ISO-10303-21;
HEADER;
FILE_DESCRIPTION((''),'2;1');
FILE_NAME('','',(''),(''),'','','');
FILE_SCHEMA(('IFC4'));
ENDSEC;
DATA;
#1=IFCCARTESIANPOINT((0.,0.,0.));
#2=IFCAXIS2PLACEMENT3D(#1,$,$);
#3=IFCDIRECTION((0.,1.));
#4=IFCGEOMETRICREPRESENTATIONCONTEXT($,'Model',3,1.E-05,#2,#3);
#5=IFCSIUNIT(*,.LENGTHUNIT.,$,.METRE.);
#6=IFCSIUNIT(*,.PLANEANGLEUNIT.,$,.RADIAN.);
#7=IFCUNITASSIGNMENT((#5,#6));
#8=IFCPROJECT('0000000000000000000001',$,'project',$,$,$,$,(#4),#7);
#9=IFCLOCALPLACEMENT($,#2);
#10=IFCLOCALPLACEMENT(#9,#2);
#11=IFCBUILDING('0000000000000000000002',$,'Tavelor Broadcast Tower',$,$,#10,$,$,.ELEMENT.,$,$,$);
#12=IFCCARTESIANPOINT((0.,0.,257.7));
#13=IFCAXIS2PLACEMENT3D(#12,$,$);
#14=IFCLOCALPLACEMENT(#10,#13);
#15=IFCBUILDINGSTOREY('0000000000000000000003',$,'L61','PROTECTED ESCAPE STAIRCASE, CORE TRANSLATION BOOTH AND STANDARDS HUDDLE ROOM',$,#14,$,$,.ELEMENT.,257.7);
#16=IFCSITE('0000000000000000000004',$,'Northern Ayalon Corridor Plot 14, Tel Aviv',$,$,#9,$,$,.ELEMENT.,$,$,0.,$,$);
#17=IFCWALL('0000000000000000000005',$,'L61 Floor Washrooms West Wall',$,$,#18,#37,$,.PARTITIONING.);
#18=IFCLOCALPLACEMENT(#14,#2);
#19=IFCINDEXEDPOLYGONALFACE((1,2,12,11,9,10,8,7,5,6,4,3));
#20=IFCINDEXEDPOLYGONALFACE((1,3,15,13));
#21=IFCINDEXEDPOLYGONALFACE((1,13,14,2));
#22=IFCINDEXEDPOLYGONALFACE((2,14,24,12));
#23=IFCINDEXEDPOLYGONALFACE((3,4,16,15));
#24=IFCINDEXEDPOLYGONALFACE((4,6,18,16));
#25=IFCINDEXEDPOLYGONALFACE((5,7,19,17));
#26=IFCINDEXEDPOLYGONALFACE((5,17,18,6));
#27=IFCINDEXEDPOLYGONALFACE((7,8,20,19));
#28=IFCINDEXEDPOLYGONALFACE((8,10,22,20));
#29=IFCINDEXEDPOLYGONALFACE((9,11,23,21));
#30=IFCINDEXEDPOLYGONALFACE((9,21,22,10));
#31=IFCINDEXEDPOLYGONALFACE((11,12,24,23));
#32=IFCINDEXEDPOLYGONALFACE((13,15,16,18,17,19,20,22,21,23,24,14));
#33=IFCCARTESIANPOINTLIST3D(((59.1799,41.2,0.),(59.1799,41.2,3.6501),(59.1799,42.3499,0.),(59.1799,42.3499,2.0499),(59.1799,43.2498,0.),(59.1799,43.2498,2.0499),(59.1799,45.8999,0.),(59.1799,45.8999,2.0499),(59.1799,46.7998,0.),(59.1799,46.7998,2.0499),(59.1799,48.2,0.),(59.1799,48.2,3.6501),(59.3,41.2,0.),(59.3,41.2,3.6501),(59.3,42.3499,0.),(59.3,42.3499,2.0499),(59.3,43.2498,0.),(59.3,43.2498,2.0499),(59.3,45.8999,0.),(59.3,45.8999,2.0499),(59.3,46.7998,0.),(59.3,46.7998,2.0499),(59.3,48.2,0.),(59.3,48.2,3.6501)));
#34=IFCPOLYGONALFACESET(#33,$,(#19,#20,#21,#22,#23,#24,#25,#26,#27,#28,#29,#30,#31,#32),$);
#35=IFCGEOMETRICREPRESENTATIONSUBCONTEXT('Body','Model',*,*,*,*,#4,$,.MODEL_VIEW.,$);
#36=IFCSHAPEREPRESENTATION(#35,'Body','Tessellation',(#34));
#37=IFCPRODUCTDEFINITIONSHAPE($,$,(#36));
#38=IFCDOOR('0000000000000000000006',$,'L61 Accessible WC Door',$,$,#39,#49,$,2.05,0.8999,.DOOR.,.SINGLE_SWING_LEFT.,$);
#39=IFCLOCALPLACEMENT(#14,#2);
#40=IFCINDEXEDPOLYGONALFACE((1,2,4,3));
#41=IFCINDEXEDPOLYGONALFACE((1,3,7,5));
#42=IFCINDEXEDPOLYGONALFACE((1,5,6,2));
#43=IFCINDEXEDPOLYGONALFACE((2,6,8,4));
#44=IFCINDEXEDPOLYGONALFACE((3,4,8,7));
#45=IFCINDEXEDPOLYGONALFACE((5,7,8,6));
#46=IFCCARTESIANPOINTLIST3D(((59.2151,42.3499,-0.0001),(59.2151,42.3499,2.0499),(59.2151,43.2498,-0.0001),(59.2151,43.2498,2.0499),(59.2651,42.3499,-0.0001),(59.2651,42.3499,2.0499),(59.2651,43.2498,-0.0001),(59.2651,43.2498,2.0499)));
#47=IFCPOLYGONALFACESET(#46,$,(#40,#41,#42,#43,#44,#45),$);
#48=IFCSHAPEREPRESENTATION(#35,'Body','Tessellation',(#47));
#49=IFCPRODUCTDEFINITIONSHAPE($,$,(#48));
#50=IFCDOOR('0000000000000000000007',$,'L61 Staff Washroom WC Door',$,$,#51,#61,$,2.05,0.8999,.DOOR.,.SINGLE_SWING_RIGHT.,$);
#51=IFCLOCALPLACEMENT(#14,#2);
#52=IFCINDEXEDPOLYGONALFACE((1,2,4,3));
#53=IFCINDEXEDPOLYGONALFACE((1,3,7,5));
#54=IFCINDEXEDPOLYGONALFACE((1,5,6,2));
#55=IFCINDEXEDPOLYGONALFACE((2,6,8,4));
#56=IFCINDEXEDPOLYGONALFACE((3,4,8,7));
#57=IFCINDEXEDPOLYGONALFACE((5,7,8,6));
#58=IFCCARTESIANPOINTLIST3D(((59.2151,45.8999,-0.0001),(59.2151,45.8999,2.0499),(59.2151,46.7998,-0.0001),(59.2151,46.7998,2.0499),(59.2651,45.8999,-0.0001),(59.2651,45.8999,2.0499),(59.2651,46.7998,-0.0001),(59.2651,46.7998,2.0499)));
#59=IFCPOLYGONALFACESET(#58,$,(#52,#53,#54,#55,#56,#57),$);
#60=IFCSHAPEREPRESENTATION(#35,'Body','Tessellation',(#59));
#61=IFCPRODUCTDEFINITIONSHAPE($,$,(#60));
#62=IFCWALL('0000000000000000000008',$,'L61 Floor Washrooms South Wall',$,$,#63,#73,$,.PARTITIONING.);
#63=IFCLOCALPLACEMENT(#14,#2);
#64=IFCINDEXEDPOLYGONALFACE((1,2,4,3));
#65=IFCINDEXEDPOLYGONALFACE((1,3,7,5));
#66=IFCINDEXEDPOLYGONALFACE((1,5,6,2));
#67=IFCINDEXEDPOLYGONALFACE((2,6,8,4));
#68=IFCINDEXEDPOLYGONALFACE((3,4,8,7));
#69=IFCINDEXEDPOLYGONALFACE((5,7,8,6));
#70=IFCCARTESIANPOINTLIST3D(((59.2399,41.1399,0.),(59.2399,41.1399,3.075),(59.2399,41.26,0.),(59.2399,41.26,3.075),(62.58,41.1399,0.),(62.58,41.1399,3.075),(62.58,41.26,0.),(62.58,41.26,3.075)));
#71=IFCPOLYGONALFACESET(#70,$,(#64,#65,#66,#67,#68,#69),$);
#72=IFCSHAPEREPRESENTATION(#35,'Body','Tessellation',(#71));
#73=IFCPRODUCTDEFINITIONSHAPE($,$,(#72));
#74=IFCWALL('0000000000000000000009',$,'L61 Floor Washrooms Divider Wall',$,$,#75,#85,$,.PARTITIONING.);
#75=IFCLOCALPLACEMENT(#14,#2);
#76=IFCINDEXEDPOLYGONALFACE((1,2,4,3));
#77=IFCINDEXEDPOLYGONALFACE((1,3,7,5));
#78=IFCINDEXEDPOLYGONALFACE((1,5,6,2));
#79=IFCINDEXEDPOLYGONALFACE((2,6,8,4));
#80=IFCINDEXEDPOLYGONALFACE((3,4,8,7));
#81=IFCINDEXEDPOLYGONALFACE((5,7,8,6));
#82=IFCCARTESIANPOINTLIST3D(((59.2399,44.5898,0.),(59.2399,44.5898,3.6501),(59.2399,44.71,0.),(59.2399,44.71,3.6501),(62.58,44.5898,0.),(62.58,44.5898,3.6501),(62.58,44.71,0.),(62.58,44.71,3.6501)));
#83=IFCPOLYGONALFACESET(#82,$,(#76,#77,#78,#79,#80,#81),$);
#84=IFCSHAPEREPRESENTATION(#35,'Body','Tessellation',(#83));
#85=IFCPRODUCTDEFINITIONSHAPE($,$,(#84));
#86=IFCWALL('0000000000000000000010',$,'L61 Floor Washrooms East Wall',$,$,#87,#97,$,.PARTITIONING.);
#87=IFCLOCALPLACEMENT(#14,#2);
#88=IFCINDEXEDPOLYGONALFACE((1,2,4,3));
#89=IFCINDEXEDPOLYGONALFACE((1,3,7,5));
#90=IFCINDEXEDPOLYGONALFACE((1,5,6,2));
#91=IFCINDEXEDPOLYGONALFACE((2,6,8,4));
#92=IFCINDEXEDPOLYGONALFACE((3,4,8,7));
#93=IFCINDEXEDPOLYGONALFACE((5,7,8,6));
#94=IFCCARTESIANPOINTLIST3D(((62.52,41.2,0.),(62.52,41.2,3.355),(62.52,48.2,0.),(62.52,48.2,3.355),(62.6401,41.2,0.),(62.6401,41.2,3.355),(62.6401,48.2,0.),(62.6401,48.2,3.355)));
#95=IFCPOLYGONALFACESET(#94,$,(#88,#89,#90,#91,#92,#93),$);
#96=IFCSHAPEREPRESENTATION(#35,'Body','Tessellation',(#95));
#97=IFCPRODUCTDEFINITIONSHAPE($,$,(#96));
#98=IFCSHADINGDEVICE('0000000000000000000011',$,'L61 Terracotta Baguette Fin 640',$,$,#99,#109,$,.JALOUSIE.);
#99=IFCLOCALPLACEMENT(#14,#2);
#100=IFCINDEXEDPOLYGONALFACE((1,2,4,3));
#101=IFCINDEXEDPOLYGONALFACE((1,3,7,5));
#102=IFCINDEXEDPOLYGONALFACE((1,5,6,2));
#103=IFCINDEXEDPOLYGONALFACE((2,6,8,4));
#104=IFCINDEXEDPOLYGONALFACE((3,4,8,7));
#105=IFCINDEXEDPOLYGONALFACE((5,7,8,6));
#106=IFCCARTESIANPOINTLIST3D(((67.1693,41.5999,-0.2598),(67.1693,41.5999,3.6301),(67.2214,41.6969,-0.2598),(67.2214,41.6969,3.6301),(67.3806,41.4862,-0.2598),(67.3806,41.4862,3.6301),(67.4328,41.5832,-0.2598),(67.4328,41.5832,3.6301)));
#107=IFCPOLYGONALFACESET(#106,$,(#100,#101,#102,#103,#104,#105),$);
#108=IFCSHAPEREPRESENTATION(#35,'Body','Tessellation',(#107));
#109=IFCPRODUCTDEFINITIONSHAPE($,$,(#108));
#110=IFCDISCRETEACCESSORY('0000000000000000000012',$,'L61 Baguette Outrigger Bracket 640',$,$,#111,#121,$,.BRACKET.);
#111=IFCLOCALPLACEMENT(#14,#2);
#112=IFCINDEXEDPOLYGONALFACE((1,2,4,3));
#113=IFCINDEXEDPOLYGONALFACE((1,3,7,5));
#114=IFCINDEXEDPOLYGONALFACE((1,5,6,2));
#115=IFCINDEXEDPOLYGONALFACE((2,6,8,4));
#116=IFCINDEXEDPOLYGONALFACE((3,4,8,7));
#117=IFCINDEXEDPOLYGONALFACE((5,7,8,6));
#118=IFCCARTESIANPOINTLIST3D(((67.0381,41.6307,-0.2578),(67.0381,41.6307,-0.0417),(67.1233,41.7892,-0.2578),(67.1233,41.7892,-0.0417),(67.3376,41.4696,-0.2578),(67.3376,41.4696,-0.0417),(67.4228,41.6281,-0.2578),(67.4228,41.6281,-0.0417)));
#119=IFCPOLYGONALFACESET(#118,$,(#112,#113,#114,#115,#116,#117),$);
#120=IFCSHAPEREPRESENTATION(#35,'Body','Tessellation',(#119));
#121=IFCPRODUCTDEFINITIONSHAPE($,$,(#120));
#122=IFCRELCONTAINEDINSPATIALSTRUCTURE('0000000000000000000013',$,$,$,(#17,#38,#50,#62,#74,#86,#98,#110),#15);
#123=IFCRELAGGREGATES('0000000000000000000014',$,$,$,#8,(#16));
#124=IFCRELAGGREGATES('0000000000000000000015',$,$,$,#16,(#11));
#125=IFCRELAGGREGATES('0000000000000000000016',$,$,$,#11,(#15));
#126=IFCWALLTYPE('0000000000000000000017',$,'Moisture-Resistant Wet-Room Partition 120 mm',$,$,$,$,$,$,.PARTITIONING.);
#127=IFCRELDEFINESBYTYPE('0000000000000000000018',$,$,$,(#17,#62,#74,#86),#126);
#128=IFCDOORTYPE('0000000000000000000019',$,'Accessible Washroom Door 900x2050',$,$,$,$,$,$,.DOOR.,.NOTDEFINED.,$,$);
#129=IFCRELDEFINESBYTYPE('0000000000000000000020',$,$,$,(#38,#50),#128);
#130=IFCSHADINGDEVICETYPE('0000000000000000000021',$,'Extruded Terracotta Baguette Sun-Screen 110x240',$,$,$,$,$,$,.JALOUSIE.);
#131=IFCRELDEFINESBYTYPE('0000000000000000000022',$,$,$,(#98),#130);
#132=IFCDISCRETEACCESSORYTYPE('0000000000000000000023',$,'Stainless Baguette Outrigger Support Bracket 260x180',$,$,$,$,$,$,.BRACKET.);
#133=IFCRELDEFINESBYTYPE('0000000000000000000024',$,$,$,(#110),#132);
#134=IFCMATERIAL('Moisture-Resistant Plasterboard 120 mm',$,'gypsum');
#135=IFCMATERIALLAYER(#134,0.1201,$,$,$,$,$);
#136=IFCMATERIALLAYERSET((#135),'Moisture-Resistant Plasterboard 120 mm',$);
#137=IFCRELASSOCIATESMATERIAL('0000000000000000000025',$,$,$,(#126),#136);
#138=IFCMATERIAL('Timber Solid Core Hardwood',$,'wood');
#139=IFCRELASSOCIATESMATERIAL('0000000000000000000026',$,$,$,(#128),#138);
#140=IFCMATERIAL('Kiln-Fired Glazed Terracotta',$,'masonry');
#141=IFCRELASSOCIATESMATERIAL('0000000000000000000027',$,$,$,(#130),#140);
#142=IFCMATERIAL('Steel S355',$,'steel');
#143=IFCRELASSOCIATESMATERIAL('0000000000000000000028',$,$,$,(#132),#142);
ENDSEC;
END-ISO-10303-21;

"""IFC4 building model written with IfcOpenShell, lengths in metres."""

from ifc_helpers import new_model, si_unit, direction, frame, frame_2d, origin, origin_2d, place, context, subcontext, project, spatial, rectangle, extrude, source, transform, mapped, material, layer, layer_set, type_object, type_shapes, element, fill, save


model = new_model("IFC4")

# Units and contexts
model_context = context("Model", 3, precision=1e-05, world=origin(), true_north=direction((0.0, 1.0)))
body_context = subcontext(model_context, "Body", "Model", "MODEL_VIEW")
ifc_project = project(units=[si_unit("LENGTHUNIT", "METRE"), si_unit("PLANEANGLEUNIT", "RADIAN")], contexts=[model_context])

# Site, building, storey
site_placement = place(None, origin())
site = spatial("IfcSite", under=ifc_project, at=site_placement, Name="Northern Ayalon Corridor Plot 14, Tel Aviv", CompositionType="ELEMENT", RefElevation=0.0)
building_placement = place(site_placement, origin())
building = spatial("IfcBuilding", under=site, at=building_placement, Name="Tavelor Broadcast Tower", CompositionType="ELEMENT")
storey_placement = place(building_placement, frame((0.0, 0.0, 257.7)))
storey = spatial("IfcBuildingStorey", under=building, at=storey_placement, Name="L61", Description="PROTECTED ESCAPE STAIRCASE, CORE TRANSLATION BOOTH AND STANDARDS HUDDLE ROOM", CompositionType="ELEMENT", Elevation=257.7)

# Shared definitions
ifc_material_1 = material(Name="Steel S355", Category="steel")

# Shared definitions
ifc_material_2 = material(Name="Timber Solid Core Hardwood", Category="wood")

# Wall, openings, doors
ifc_material_3 = material(Name="Moisture-Resistant Plasterboard 120 mm", Category="gypsum")
ifc_layer_1 = layer(ifc_material_3, 0.1201)
ifc_layer_set_1 = layer_set([ifc_layer_1], Name="Moisture-Resistant Plasterboard 120 mm")
wall_type_1 = type_object("IfcWallType", Name="Moisture-Resistant Wet-Room Partition 120 mm", PredefinedType="PARTITIONING", material=ifc_layer_set_1)
wall_1_placement = place(storey_placement, frame((59.24, 41.2, 0.0), z_axis=(0.0, 0.0, 1.0), x_axis=(0.0, 1.0, 0.0)))
wall_1 = element("IfcWall", 1, at=wall_1_placement, inside=storey, type_object=wall_type_1, Name="L61 Floor Washrooms West Wall", PredefinedType="PARTITIONING", context=body_context, shape_type="SweptSolid", body=[
    extrude(rectangle(XDim=7.0, YDim=0.1201, at=frame_2d((3.5, 0.0))), origin(), (0.0, 0.0, 1.0), 3.6501),
])
opening_1_placement = place(wall_1_placement, frame((1.1499, 0.0, 0.0)))
opening_1 = element("IfcOpeningElement", 2, at=opening_1_placement, cuts=wall_1, PredefinedType="OPENING", context=body_context, shape_type="SweptSolid", body=[
    extrude(rectangle(XDim=0.8999, YDim=2.05, at=frame_2d((0.45, 1.0249))), frame((0.0, 0.0701, 0.0), z_axis=(0.0, -1.0, 0.0), x_axis=(1.0, 0.0, 0.0)), (0.0, 0.0, 1.0), 0.1401),
])
opening_2_placement = place(wall_1_placement, frame((4.7, 0.0, 0.0)))
opening_2 = element("IfcOpeningElement", 3, at=opening_2_placement, cuts=wall_1, PredefinedType="OPENING", context=body_context, shape_type="SweptSolid", body=[
    extrude(rectangle(XDim=0.8999, YDim=2.05, at=frame_2d((0.45, 1.0249))), frame((0.0, 0.0701, 0.0), z_axis=(0.0, -1.0, 0.0), x_axis=(1.0, 0.0, 0.0)), (0.0, 0.0, 1.0), 0.1401),
])
door_type_1 = type_object("IfcDoorType", Name="Accessible Washroom Door 900x2050", OperationType="NOTDEFINED", PredefinedType="DOOR", material=ifc_material_2)
door_1_placement = place(opening_1_placement, origin())
door_1 = element("IfcDoor", 4, at=door_1_placement, inside=storey, type_object=door_type_1, Name="L61 Accessible WC Door", OperationType="SINGLE_SWING_LEFT", OverallHeight=2.05, OverallWidth=0.8999, PredefinedType="DOOR", context=body_context, shape_type="SweptSolid", body=[
    extrude(rectangle(XDim=0.8999, YDim=2.05, at=frame_2d((0.45, 1.0249))), frame((0.0, 0.0249, 0.0), z_axis=(0.0, -1.0, 0.0), x_axis=(1.0, 0.0, 0.0)), (0.0, 0.0, 1.0), 0.05),
])
fill(opening_1, door_1)
door_2_placement = place(opening_2_placement, origin())
door_2 = element("IfcDoor", 5, at=door_2_placement, inside=storey, type_object=door_type_1, Name="L61 Staff Washroom WC Door", OperationType="SINGLE_SWING_RIGHT", OverallHeight=2.05, OverallWidth=0.8999, PredefinedType="DOOR", context=body_context, shape_type="SweptSolid", body=[
    extrude(rectangle(XDim=0.8999, YDim=2.05, at=frame_2d((0.45, 1.0249))), frame((0.0, 0.0249, 0.0), z_axis=(0.0, -1.0, 0.0), x_axis=(1.0, 0.0, 0.0)), (0.0, 0.0, 1.0), 0.05),
])
fill(opening_2, door_2)

# Walls
wall_2_placement = place(storey_placement, frame((59.24, 41.2, 0.0), z_axis=(0.0, 0.0, 1.0), x_axis=(1.0, 0.0, 0.0)))
element("IfcWall", 6, at=wall_2_placement, inside=storey, type_object=wall_type_1, Name="L61 Floor Washrooms South Wall", PredefinedType="PARTITIONING", context=body_context, shape_type="SweptSolid", body=[
    extrude(rectangle(XDim=3.3401, YDim=0.1201, at=frame_2d((1.6699, 0.0))), origin(), (0.0, 0.0, 1.0), 3.075),
])
wall_3_placement = place(storey_placement, frame((59.24, 44.6499, 0.0), z_axis=(0.0, 0.0, 1.0), x_axis=(1.0, 0.0, 0.0)))
element("IfcWall", 7, at=wall_3_placement, inside=storey, type_object=wall_type_1, Name="L61 Floor Washrooms Divider Wall", PredefinedType="PARTITIONING", context=body_context, shape_type="SweptSolid", body=[
    extrude(rectangle(XDim=3.3401, YDim=0.1201, at=frame_2d((1.6699, 0.0))), origin(), (0.0, 0.0, 1.0), 3.6501),
])
wall_4_placement = place(storey_placement, frame((62.5801, 41.2, 0.0), z_axis=(0.0, 0.0, 1.0), x_axis=(0.0, 1.0, 0.0)))
element("IfcWall", 8, at=wall_4_placement, inside=storey, type_object=wall_type_1, Name="L61 Floor Washrooms East Wall", PredefinedType="PARTITIONING", context=body_context, shape_type="SweptSolid", body=[
    extrude(rectangle(XDim=7.0, YDim=0.1201, at=frame_2d((3.5, 0.0))), origin(), (0.0, 0.0, 1.0), 3.355),
])

# Shading device
ifc_material_4 = material(Name="Kiln-Fired Glazed Terracotta", Category="masonry")
shading_device_type = type_object("IfcShadingDeviceType", Name="Extruded Terracotta Baguette Sun-Screen 110x240", PredefinedType="JALOUSIE", material=ifc_material_4)
shared_shape_1 = source(origin(), body_context, "Body", "SweptSolid", [
    extrude(rectangle(XDim=0.1101, YDim=0.24, at=origin_2d()), origin(), (0.0, 0.0, 1.0), 3.8899),
])
type_shapes(shading_device_type, [shared_shape_1])
shading_device_placement = place(storey_placement, frame((67.301, 41.5916, -0.2598), z_axis=(0.0, 0.0, 1.0), x_axis=(0.473627, 0.880725, 0.0)))
element("IfcShadingDevice", 9, at=shading_device_placement, inside=storey, type_object=shading_device_type, Name="L61 Terracotta Baguette Fin 640", PredefinedType="JALOUSIE", context=body_context, shape_type="MappedRepresentation", body=[
    mapped(shared_shape_1, transform((0.0, 0.0, 0.0), scale=1.0)),
])

# Discrete accessory
discrete_accessory_type = type_object("IfcDiscreteAccessoryType", Name="Stainless Baguette Outrigger Support Bracket 260x180", PredefinedType="BRACKET", material=ifc_material_1)
shared_shape_2 = source(origin(), body_context, "Body", "SweptSolid", [
    extrude(rectangle(XDim=0.1799, YDim=0.3401, at=origin_2d()), origin(), (0.0, 0.0, 1.0), 0.2161),
])
type_shapes(discrete_accessory_type, [shared_shape_2])
discrete_accessory_placement = place(storey_placement, frame((67.2305, 41.6294, -0.2578), z_axis=(0.0, 0.0, 1.0), x_axis=(0.473627, 0.880725, 0.0)))
element("IfcDiscreteAccessory", 10, at=discrete_accessory_placement, inside=storey, type_object=discrete_accessory_type, Name="L61 Baguette Outrigger Bracket 640", PredefinedType="BRACKET", context=body_context, shape_type="MappedRepresentation", body=[
    mapped(shared_shape_2, transform((0.0, 0.0, 0.0), scale=1.0)),
])

save(model, "model.ifc")
